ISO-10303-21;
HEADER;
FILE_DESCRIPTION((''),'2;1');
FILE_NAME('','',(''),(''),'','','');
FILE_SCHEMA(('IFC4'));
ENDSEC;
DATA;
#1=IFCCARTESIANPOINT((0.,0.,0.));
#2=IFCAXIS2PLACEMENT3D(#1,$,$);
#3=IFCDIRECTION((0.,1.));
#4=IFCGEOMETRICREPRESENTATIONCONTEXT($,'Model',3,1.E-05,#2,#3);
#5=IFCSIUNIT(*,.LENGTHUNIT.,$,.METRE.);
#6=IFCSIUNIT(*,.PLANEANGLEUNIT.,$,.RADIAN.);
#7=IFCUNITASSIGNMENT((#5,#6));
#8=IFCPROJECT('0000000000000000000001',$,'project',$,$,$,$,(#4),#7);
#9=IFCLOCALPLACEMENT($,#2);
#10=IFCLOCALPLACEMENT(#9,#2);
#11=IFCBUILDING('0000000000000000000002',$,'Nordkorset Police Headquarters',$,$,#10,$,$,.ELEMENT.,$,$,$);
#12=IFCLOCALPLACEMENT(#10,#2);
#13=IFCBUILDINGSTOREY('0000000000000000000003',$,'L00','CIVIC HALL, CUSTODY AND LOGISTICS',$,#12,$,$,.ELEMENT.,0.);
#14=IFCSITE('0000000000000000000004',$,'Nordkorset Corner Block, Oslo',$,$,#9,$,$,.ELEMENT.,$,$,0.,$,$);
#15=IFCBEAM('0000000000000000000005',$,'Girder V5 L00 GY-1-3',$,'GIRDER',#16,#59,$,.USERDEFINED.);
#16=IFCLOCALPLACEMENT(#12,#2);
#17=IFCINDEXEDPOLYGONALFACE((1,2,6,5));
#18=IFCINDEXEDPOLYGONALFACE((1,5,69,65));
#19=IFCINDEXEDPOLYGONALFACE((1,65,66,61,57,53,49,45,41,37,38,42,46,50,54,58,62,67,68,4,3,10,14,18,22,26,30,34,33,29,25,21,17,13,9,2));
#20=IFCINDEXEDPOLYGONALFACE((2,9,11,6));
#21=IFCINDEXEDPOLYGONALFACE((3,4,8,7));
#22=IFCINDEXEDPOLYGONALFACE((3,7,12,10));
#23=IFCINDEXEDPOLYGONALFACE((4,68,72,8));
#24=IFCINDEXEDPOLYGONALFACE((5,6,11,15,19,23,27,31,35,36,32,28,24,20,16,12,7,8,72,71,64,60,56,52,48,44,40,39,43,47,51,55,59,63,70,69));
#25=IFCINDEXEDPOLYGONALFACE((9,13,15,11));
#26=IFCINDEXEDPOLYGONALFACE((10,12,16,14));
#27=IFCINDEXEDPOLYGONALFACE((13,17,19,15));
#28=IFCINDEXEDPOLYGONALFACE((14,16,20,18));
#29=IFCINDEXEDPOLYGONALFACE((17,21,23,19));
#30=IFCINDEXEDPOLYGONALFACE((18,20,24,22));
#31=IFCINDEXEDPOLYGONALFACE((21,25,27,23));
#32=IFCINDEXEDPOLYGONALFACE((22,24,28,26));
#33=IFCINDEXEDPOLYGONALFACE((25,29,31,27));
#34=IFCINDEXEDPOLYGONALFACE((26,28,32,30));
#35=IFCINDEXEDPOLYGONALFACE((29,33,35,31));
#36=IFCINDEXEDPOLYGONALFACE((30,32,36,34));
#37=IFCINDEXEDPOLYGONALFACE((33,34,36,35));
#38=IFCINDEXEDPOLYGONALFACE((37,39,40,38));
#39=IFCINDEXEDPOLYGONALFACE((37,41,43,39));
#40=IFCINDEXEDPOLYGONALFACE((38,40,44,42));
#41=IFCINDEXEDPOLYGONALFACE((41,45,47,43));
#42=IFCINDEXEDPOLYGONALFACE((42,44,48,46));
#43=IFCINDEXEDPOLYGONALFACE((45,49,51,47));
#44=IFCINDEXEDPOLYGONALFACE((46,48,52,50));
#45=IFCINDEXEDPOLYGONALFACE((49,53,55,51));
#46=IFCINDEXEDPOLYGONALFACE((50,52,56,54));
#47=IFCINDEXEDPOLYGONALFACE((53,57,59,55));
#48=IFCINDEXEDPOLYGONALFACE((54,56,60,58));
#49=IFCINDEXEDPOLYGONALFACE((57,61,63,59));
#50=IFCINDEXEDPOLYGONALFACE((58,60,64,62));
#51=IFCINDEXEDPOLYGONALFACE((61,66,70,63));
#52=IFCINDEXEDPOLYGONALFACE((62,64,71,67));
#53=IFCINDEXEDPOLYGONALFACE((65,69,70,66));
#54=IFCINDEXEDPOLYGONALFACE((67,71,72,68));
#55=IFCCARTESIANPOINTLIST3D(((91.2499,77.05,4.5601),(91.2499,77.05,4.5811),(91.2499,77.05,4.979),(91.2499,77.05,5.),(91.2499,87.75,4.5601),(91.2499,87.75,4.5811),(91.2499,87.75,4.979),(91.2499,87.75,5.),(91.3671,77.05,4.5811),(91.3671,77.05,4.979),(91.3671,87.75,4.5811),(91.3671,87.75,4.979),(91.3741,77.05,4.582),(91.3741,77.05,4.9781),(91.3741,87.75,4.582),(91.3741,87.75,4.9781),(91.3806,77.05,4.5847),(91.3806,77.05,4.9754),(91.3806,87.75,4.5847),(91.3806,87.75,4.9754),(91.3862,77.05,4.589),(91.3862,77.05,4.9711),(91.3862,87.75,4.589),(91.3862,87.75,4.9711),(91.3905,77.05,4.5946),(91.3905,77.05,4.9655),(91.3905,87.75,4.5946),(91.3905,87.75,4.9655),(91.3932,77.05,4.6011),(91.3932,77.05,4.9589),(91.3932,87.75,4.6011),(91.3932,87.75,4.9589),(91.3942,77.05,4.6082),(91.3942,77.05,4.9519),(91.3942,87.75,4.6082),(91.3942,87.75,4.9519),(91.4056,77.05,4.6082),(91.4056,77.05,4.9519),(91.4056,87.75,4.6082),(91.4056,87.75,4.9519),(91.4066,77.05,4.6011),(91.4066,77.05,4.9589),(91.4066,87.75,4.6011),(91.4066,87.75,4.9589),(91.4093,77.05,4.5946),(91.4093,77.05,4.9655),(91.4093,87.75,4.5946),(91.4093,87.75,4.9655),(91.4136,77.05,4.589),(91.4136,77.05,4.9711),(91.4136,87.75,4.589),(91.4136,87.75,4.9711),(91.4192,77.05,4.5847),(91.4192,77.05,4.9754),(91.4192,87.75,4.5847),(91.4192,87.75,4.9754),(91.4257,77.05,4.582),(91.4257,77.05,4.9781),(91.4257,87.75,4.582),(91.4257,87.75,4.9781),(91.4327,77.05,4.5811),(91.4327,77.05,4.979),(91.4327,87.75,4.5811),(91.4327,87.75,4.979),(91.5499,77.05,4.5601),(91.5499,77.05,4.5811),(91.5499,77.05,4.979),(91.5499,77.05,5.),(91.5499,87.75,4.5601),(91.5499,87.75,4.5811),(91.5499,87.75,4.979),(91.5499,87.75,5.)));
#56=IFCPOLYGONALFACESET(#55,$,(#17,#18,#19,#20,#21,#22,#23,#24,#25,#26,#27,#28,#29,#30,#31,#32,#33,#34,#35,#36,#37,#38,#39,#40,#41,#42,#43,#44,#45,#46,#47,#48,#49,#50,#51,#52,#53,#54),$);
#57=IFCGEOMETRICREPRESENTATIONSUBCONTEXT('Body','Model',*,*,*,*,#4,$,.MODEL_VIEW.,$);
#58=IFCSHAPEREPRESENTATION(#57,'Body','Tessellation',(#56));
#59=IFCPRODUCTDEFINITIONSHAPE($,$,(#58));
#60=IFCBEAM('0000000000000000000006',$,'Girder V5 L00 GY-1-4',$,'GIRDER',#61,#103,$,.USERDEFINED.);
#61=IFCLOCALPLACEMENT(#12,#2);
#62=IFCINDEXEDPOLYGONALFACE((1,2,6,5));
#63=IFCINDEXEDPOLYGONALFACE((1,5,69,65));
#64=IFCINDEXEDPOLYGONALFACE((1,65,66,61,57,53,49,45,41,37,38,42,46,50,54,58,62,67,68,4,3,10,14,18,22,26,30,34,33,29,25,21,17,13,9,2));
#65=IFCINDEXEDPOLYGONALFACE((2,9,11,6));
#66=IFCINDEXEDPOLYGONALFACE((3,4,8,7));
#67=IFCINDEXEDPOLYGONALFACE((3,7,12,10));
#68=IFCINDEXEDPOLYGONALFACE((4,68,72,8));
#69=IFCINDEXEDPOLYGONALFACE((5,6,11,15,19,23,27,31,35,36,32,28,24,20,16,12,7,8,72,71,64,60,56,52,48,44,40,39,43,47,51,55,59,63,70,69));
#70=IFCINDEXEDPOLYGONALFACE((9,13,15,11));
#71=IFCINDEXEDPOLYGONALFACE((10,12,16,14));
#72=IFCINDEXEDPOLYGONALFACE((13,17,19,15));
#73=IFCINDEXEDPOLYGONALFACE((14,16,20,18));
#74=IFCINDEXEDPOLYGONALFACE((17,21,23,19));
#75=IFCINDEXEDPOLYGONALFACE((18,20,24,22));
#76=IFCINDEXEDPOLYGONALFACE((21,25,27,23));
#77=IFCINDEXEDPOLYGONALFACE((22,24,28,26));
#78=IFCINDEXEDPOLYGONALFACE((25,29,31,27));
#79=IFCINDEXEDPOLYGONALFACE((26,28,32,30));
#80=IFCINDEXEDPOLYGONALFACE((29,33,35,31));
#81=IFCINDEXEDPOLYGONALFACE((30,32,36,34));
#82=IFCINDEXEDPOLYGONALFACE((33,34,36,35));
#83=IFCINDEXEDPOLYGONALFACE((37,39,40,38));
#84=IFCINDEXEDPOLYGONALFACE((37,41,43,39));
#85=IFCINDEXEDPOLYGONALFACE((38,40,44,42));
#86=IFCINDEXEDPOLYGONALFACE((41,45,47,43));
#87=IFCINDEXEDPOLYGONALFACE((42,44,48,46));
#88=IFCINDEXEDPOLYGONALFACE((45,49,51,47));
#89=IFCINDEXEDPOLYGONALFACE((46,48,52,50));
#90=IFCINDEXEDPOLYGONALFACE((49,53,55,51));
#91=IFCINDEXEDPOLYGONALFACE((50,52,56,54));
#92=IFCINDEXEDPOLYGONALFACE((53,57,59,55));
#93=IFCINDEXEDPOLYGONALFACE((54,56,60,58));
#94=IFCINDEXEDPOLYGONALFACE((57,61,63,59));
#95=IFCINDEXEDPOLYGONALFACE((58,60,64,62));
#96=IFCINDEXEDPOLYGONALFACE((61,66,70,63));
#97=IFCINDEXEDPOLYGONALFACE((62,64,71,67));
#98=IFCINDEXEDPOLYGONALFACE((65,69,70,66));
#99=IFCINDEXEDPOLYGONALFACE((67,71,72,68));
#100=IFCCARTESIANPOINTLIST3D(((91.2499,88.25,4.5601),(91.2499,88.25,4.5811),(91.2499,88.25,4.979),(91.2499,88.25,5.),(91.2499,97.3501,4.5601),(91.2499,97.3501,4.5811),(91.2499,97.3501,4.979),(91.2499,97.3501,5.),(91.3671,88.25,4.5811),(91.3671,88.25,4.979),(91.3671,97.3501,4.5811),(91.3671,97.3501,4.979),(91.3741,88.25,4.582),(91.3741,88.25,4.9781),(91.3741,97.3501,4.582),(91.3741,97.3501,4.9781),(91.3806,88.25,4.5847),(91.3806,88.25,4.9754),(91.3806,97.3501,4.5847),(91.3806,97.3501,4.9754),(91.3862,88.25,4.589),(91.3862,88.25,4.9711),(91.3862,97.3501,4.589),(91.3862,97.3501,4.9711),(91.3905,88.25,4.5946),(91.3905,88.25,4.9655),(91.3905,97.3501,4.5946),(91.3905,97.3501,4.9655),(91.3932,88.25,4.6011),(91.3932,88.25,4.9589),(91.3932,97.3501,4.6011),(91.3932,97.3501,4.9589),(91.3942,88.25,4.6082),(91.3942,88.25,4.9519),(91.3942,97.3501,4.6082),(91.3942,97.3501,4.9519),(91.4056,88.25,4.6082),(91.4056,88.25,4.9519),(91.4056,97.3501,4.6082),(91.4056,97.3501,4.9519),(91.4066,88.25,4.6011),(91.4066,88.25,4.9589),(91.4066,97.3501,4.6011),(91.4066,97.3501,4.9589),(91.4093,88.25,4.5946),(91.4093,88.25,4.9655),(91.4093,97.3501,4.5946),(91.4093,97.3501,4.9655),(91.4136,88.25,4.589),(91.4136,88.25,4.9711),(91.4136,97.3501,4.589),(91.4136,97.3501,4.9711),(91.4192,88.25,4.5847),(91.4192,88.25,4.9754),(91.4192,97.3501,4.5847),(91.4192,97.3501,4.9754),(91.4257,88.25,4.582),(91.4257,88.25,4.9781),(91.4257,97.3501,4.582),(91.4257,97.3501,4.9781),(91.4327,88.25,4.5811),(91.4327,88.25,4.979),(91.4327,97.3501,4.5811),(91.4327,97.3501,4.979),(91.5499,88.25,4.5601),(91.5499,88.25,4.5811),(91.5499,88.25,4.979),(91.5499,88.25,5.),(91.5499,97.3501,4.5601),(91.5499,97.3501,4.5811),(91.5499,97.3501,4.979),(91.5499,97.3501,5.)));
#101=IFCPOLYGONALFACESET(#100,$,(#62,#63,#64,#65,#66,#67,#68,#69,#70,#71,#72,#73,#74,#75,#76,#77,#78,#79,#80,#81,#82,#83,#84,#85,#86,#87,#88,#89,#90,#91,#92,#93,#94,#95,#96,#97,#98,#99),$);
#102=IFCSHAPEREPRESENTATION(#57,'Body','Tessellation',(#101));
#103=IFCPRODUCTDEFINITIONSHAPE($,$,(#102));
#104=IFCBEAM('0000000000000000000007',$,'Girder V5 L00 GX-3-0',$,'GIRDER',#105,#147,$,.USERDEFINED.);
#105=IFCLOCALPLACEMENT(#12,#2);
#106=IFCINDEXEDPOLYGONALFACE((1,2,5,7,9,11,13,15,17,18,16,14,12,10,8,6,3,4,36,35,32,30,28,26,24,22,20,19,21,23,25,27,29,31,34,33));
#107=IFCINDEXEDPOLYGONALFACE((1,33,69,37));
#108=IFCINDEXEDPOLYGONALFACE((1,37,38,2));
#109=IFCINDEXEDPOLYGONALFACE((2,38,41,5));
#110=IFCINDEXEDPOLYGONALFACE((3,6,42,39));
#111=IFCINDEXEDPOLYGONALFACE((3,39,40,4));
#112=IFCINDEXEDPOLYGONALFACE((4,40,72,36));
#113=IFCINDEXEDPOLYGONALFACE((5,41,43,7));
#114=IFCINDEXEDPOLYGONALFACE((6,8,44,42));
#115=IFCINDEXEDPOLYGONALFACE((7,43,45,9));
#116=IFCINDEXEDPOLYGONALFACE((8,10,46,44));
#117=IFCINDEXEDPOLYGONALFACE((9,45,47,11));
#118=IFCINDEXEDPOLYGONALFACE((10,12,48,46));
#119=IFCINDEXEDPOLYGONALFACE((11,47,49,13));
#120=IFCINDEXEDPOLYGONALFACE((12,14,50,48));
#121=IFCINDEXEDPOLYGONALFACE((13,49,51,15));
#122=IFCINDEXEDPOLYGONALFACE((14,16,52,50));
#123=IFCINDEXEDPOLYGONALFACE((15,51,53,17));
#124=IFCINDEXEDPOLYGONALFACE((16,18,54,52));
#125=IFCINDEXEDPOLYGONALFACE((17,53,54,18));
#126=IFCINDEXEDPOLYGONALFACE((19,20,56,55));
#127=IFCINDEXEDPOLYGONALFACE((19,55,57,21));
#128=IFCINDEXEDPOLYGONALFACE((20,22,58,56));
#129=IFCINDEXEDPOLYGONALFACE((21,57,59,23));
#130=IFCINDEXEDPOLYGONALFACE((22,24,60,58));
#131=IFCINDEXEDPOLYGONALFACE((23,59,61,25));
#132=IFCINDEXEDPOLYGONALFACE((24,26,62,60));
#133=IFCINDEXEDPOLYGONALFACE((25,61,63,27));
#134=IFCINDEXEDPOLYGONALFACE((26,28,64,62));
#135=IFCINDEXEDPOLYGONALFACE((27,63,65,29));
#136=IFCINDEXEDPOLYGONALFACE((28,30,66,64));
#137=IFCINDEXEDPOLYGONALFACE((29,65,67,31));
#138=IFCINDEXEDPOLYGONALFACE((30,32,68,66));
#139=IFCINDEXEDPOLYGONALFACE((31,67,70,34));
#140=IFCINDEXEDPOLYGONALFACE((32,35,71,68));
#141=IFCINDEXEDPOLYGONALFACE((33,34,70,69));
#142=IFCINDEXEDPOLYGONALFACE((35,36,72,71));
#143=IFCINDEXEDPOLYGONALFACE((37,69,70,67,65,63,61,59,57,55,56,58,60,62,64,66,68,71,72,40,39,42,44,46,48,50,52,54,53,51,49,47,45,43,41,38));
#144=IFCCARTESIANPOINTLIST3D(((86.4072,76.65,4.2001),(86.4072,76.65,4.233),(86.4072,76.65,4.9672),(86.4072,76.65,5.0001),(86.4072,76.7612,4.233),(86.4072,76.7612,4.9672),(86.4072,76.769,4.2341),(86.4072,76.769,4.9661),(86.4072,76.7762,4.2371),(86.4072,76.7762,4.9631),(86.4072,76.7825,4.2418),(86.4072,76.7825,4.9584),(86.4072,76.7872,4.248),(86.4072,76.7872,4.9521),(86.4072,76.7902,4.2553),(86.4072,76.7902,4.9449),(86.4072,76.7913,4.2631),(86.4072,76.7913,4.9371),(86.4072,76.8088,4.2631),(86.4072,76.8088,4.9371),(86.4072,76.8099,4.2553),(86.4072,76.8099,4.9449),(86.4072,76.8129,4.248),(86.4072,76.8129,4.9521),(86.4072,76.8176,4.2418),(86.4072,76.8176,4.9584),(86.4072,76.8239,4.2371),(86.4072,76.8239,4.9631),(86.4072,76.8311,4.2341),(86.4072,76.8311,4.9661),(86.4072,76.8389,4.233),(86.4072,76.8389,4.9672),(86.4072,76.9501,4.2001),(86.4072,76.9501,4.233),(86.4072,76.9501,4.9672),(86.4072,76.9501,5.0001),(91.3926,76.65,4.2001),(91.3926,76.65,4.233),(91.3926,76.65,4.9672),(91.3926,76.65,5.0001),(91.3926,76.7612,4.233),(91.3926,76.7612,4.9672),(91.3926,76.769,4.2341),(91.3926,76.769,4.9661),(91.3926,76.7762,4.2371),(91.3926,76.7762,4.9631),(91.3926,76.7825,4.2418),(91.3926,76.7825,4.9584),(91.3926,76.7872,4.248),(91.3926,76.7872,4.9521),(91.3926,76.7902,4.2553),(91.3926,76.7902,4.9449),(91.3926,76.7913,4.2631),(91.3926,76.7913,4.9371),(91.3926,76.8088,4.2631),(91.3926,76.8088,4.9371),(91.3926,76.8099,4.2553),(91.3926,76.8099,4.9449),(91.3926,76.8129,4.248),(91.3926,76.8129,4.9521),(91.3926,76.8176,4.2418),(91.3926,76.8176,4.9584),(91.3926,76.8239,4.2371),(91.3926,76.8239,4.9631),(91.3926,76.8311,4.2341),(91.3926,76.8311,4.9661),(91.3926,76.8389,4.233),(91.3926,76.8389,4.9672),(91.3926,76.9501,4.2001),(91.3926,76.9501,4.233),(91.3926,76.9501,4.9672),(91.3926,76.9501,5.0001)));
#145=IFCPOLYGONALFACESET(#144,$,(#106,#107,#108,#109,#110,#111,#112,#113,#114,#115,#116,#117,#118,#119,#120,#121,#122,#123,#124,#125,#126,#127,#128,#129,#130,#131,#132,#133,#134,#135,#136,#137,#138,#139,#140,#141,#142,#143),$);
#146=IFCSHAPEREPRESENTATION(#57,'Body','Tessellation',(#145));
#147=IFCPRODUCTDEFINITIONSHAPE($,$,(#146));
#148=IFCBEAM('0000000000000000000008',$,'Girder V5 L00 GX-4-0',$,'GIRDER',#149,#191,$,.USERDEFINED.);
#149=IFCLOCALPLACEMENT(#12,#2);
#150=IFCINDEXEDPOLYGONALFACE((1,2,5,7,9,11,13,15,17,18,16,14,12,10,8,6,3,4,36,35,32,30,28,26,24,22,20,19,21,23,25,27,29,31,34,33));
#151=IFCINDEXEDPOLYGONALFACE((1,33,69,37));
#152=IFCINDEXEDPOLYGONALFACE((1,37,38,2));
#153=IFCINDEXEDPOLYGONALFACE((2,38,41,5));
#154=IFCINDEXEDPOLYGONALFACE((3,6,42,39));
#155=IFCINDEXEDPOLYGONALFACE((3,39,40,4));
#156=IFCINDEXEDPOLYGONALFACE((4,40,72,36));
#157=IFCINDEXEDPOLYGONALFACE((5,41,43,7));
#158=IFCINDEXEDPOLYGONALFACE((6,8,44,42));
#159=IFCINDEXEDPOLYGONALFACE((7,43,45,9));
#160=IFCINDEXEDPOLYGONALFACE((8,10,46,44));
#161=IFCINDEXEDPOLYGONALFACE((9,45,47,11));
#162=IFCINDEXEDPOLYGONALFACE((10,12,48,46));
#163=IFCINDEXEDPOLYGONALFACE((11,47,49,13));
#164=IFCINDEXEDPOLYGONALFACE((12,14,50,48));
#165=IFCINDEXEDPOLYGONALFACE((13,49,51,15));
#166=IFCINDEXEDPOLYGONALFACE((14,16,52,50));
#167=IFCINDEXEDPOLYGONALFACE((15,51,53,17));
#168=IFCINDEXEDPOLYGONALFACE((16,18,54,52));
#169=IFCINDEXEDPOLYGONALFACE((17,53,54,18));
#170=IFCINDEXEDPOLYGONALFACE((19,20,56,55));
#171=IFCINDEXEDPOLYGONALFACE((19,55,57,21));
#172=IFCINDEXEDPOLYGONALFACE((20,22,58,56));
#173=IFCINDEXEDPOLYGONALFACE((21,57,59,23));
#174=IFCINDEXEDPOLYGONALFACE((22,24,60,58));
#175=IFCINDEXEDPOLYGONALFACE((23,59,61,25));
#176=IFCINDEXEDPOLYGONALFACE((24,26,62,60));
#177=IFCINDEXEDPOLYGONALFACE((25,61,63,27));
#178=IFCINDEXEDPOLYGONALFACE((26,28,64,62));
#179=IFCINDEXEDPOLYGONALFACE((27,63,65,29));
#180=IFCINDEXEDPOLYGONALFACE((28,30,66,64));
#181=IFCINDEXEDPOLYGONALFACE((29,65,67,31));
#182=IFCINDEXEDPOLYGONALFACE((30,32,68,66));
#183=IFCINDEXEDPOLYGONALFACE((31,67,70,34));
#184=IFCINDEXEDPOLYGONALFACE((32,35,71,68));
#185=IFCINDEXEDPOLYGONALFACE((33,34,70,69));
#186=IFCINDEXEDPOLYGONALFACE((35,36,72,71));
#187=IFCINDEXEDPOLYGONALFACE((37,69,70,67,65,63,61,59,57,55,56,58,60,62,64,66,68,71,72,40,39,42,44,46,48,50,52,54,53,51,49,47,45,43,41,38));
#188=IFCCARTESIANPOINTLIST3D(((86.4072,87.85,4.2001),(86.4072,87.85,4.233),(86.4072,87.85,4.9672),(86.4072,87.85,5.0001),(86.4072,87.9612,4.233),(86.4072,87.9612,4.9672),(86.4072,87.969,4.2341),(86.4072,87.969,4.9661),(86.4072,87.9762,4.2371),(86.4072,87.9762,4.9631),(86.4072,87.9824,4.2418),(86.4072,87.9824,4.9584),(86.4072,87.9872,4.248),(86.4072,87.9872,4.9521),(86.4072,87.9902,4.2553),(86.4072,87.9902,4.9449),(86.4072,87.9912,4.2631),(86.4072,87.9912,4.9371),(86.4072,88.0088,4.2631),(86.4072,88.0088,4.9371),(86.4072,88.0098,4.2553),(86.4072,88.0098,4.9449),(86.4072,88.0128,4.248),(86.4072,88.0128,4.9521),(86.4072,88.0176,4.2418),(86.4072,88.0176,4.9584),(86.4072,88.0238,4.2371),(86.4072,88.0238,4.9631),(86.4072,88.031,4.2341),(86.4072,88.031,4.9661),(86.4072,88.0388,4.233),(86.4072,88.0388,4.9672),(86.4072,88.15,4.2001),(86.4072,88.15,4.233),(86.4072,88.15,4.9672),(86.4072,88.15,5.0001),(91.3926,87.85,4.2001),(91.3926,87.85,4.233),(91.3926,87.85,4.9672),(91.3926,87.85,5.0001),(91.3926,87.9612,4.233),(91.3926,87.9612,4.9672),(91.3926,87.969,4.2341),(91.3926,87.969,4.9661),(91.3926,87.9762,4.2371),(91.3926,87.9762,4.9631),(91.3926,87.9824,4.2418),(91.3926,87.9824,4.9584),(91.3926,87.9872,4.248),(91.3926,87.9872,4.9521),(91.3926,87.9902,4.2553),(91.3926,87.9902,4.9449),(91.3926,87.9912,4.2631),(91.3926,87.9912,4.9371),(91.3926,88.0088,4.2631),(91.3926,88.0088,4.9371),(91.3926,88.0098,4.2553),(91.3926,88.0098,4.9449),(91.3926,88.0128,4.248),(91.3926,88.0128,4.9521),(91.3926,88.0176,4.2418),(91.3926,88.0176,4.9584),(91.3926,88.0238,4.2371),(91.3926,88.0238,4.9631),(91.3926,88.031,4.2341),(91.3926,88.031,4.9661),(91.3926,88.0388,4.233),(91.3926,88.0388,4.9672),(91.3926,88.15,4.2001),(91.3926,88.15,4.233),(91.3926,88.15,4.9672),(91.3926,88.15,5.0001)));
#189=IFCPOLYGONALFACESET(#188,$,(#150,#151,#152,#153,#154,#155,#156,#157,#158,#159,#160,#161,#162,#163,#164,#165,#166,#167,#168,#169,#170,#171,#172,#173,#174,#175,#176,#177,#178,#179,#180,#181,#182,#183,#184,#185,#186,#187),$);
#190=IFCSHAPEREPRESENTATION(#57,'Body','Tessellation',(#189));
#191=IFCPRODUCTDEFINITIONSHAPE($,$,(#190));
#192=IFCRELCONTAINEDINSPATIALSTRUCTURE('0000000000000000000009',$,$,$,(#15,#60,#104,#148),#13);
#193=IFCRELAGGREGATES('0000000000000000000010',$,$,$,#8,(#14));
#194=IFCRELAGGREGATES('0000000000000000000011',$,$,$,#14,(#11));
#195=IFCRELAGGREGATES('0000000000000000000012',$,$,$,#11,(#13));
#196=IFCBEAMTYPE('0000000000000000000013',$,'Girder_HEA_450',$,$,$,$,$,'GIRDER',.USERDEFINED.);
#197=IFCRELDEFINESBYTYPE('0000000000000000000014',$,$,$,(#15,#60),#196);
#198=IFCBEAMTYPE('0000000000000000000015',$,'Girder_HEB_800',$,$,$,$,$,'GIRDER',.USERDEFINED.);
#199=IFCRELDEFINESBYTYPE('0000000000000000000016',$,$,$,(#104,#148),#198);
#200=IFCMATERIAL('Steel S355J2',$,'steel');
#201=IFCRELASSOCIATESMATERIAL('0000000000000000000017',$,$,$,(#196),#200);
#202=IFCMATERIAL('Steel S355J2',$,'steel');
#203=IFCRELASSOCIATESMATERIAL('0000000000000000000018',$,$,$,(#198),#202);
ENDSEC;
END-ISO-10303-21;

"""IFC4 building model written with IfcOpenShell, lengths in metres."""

from ifc_helpers import new_model, si_unit, direction, frame, origin, origin_2d, place, context, subcontext, project, spatial, i_section, extrude, material, material_profile, profile_set, type_object, element, save


model = new_model("IFC4")

# Units and contexts
model_context = context("Model", 3, precision=1e-05, world=origin(), true_north=direction((0.0, 1.0)))
body_context = subcontext(model_context, "Body", "Model", "MODEL_VIEW")
ifc_project = project(units=[si_unit("LENGTHUNIT", "METRE"), si_unit("PLANEANGLEUNIT", "RADIAN")], contexts=[model_context])

# Site, building, storey
site_placement = place(None, origin())
site = spatial("IfcSite", under=ifc_project, at=site_placement, Name="Nordkorset Corner Block, Oslo", CompositionType="ELEMENT", RefElevation=0.0)
building_placement = place(site_placement, origin())
building = spatial("IfcBuilding", under=site, at=building_placement, Name="Nordkorset Police Headquarters", CompositionType="ELEMENT")
storey_placement = place(building_placement, origin())
storey = spatial("IfcBuildingStorey", under=building, at=storey_placement, Name="L00", Description="CIVIC HALL, CUSTODY AND LOGISTICS", CompositionType="ELEMENT", Elevation=0.0)

# Beams
ifc_material_1 = material(Name="Steel S355J2", Category="steel")
ifc_material_profile_1 = material_profile(ifc_material_1, i_section(OverallWidth=0.3, OverallDepth=0.4399, WebThickness=0.0115, FlangeThickness=0.021, FilletRadius=0.0271, at=origin_2d()), Name="HEA 450")
ifc_profile_set_1 = profile_set([ifc_material_profile_1], Name="Steel S355J2")
beam_type_1 = type_object("IfcBeamType", Name="Girder_HEA_450", ElementType="GIRDER", PredefinedType="USERDEFINED", material=ifc_profile_set_1)
beam_1_placement = place(storey_placement, frame((91.3999, 77.05, 4.78), z_axis=(0.0, 1.0, 0.0), x_axis=(-1.0, 0.0, 0.0)))
element("IfcBeam", 1, at=beam_1_placement, inside=storey, type_object=beam_type_1, Name="Girder V5 L00 GY-1-3", ObjectType="GIRDER", PredefinedType="USERDEFINED", context=body_context, shape_type="SweptSolid", body=[
    extrude(i_section(OverallWidth=0.3, OverallDepth=0.4399, WebThickness=0.0115, FlangeThickness=0.021, FilletRadius=0.0271, at=origin_2d()), origin(), (0.0, 0.0, 1.0), 10.7),
])
beam_2_placement = place(storey_placement, frame((91.3999, 88.25, 4.78), z_axis=(0.0, 1.0, 0.0), x_axis=(-1.0, 0.0, 0.0)))
element("IfcBeam", 2, at=beam_2_placement, inside=storey, type_object=beam_type_1, Name="Girder V5 L00 GY-1-4", ObjectType="GIRDER", PredefinedType="USERDEFINED", context=body_context, shape_type="SweptSolid", body=[
    extrude(i_section(OverallWidth=0.3, OverallDepth=0.4399, WebThickness=0.0115, FlangeThickness=0.021, FilletRadius=0.0271, at=origin_2d()), origin(), (0.0, 0.0, 1.0), 9.1001),
])
ifc_material_2 = material(Name="Steel S355J2", Category="steel")
ifc_material_profile_2 = material_profile(ifc_material_2, i_section(OverallWidth=0.3, OverallDepth=0.8, WebThickness=0.0176, FlangeThickness=0.033, FilletRadius=0.03, at=origin_2d()), Name="HEB 800")
ifc_profile_set_2 = profile_set([ifc_material_profile_2], Name="Steel S355J2")
beam_type_2 = type_object("IfcBeamType", Name="Girder_HEB_800", ElementType="GIRDER", PredefinedType="USERDEFINED", material=ifc_profile_set_2)
for number, where, z_axis, x_axis, name in (
    (3, (86.4072, 76.8, 4.6001), (1.0, 0.0, 0.0), (0.0, 1.0, 0.0), "Girder V5 L00 GX-3-0"),
    (4, (86.4072, 88.0, 4.6001), (1.0, 0.0, 0.0), (0.0, 1.0, 0.0), "Girder V5 L00 GX-4-0"),
):
    element("IfcBeam", number, at=place(storey_placement, frame(where, z_axis=z_axis, x_axis=x_axis)), inside=storey, type_object=beam_type_2, Name=name, ObjectType="GIRDER", PredefinedType="USERDEFINED", context=body_context, shape_type="SweptSolid", body=[
        extrude(i_section(OverallWidth=0.3, OverallDepth=0.8, WebThickness=0.0176, FlangeThickness=0.033, FilletRadius=0.03, at=origin_2d()), origin(), (0.0, 0.0, 1.0), 4.9854),
    ])

save(model, "model.ifc")
